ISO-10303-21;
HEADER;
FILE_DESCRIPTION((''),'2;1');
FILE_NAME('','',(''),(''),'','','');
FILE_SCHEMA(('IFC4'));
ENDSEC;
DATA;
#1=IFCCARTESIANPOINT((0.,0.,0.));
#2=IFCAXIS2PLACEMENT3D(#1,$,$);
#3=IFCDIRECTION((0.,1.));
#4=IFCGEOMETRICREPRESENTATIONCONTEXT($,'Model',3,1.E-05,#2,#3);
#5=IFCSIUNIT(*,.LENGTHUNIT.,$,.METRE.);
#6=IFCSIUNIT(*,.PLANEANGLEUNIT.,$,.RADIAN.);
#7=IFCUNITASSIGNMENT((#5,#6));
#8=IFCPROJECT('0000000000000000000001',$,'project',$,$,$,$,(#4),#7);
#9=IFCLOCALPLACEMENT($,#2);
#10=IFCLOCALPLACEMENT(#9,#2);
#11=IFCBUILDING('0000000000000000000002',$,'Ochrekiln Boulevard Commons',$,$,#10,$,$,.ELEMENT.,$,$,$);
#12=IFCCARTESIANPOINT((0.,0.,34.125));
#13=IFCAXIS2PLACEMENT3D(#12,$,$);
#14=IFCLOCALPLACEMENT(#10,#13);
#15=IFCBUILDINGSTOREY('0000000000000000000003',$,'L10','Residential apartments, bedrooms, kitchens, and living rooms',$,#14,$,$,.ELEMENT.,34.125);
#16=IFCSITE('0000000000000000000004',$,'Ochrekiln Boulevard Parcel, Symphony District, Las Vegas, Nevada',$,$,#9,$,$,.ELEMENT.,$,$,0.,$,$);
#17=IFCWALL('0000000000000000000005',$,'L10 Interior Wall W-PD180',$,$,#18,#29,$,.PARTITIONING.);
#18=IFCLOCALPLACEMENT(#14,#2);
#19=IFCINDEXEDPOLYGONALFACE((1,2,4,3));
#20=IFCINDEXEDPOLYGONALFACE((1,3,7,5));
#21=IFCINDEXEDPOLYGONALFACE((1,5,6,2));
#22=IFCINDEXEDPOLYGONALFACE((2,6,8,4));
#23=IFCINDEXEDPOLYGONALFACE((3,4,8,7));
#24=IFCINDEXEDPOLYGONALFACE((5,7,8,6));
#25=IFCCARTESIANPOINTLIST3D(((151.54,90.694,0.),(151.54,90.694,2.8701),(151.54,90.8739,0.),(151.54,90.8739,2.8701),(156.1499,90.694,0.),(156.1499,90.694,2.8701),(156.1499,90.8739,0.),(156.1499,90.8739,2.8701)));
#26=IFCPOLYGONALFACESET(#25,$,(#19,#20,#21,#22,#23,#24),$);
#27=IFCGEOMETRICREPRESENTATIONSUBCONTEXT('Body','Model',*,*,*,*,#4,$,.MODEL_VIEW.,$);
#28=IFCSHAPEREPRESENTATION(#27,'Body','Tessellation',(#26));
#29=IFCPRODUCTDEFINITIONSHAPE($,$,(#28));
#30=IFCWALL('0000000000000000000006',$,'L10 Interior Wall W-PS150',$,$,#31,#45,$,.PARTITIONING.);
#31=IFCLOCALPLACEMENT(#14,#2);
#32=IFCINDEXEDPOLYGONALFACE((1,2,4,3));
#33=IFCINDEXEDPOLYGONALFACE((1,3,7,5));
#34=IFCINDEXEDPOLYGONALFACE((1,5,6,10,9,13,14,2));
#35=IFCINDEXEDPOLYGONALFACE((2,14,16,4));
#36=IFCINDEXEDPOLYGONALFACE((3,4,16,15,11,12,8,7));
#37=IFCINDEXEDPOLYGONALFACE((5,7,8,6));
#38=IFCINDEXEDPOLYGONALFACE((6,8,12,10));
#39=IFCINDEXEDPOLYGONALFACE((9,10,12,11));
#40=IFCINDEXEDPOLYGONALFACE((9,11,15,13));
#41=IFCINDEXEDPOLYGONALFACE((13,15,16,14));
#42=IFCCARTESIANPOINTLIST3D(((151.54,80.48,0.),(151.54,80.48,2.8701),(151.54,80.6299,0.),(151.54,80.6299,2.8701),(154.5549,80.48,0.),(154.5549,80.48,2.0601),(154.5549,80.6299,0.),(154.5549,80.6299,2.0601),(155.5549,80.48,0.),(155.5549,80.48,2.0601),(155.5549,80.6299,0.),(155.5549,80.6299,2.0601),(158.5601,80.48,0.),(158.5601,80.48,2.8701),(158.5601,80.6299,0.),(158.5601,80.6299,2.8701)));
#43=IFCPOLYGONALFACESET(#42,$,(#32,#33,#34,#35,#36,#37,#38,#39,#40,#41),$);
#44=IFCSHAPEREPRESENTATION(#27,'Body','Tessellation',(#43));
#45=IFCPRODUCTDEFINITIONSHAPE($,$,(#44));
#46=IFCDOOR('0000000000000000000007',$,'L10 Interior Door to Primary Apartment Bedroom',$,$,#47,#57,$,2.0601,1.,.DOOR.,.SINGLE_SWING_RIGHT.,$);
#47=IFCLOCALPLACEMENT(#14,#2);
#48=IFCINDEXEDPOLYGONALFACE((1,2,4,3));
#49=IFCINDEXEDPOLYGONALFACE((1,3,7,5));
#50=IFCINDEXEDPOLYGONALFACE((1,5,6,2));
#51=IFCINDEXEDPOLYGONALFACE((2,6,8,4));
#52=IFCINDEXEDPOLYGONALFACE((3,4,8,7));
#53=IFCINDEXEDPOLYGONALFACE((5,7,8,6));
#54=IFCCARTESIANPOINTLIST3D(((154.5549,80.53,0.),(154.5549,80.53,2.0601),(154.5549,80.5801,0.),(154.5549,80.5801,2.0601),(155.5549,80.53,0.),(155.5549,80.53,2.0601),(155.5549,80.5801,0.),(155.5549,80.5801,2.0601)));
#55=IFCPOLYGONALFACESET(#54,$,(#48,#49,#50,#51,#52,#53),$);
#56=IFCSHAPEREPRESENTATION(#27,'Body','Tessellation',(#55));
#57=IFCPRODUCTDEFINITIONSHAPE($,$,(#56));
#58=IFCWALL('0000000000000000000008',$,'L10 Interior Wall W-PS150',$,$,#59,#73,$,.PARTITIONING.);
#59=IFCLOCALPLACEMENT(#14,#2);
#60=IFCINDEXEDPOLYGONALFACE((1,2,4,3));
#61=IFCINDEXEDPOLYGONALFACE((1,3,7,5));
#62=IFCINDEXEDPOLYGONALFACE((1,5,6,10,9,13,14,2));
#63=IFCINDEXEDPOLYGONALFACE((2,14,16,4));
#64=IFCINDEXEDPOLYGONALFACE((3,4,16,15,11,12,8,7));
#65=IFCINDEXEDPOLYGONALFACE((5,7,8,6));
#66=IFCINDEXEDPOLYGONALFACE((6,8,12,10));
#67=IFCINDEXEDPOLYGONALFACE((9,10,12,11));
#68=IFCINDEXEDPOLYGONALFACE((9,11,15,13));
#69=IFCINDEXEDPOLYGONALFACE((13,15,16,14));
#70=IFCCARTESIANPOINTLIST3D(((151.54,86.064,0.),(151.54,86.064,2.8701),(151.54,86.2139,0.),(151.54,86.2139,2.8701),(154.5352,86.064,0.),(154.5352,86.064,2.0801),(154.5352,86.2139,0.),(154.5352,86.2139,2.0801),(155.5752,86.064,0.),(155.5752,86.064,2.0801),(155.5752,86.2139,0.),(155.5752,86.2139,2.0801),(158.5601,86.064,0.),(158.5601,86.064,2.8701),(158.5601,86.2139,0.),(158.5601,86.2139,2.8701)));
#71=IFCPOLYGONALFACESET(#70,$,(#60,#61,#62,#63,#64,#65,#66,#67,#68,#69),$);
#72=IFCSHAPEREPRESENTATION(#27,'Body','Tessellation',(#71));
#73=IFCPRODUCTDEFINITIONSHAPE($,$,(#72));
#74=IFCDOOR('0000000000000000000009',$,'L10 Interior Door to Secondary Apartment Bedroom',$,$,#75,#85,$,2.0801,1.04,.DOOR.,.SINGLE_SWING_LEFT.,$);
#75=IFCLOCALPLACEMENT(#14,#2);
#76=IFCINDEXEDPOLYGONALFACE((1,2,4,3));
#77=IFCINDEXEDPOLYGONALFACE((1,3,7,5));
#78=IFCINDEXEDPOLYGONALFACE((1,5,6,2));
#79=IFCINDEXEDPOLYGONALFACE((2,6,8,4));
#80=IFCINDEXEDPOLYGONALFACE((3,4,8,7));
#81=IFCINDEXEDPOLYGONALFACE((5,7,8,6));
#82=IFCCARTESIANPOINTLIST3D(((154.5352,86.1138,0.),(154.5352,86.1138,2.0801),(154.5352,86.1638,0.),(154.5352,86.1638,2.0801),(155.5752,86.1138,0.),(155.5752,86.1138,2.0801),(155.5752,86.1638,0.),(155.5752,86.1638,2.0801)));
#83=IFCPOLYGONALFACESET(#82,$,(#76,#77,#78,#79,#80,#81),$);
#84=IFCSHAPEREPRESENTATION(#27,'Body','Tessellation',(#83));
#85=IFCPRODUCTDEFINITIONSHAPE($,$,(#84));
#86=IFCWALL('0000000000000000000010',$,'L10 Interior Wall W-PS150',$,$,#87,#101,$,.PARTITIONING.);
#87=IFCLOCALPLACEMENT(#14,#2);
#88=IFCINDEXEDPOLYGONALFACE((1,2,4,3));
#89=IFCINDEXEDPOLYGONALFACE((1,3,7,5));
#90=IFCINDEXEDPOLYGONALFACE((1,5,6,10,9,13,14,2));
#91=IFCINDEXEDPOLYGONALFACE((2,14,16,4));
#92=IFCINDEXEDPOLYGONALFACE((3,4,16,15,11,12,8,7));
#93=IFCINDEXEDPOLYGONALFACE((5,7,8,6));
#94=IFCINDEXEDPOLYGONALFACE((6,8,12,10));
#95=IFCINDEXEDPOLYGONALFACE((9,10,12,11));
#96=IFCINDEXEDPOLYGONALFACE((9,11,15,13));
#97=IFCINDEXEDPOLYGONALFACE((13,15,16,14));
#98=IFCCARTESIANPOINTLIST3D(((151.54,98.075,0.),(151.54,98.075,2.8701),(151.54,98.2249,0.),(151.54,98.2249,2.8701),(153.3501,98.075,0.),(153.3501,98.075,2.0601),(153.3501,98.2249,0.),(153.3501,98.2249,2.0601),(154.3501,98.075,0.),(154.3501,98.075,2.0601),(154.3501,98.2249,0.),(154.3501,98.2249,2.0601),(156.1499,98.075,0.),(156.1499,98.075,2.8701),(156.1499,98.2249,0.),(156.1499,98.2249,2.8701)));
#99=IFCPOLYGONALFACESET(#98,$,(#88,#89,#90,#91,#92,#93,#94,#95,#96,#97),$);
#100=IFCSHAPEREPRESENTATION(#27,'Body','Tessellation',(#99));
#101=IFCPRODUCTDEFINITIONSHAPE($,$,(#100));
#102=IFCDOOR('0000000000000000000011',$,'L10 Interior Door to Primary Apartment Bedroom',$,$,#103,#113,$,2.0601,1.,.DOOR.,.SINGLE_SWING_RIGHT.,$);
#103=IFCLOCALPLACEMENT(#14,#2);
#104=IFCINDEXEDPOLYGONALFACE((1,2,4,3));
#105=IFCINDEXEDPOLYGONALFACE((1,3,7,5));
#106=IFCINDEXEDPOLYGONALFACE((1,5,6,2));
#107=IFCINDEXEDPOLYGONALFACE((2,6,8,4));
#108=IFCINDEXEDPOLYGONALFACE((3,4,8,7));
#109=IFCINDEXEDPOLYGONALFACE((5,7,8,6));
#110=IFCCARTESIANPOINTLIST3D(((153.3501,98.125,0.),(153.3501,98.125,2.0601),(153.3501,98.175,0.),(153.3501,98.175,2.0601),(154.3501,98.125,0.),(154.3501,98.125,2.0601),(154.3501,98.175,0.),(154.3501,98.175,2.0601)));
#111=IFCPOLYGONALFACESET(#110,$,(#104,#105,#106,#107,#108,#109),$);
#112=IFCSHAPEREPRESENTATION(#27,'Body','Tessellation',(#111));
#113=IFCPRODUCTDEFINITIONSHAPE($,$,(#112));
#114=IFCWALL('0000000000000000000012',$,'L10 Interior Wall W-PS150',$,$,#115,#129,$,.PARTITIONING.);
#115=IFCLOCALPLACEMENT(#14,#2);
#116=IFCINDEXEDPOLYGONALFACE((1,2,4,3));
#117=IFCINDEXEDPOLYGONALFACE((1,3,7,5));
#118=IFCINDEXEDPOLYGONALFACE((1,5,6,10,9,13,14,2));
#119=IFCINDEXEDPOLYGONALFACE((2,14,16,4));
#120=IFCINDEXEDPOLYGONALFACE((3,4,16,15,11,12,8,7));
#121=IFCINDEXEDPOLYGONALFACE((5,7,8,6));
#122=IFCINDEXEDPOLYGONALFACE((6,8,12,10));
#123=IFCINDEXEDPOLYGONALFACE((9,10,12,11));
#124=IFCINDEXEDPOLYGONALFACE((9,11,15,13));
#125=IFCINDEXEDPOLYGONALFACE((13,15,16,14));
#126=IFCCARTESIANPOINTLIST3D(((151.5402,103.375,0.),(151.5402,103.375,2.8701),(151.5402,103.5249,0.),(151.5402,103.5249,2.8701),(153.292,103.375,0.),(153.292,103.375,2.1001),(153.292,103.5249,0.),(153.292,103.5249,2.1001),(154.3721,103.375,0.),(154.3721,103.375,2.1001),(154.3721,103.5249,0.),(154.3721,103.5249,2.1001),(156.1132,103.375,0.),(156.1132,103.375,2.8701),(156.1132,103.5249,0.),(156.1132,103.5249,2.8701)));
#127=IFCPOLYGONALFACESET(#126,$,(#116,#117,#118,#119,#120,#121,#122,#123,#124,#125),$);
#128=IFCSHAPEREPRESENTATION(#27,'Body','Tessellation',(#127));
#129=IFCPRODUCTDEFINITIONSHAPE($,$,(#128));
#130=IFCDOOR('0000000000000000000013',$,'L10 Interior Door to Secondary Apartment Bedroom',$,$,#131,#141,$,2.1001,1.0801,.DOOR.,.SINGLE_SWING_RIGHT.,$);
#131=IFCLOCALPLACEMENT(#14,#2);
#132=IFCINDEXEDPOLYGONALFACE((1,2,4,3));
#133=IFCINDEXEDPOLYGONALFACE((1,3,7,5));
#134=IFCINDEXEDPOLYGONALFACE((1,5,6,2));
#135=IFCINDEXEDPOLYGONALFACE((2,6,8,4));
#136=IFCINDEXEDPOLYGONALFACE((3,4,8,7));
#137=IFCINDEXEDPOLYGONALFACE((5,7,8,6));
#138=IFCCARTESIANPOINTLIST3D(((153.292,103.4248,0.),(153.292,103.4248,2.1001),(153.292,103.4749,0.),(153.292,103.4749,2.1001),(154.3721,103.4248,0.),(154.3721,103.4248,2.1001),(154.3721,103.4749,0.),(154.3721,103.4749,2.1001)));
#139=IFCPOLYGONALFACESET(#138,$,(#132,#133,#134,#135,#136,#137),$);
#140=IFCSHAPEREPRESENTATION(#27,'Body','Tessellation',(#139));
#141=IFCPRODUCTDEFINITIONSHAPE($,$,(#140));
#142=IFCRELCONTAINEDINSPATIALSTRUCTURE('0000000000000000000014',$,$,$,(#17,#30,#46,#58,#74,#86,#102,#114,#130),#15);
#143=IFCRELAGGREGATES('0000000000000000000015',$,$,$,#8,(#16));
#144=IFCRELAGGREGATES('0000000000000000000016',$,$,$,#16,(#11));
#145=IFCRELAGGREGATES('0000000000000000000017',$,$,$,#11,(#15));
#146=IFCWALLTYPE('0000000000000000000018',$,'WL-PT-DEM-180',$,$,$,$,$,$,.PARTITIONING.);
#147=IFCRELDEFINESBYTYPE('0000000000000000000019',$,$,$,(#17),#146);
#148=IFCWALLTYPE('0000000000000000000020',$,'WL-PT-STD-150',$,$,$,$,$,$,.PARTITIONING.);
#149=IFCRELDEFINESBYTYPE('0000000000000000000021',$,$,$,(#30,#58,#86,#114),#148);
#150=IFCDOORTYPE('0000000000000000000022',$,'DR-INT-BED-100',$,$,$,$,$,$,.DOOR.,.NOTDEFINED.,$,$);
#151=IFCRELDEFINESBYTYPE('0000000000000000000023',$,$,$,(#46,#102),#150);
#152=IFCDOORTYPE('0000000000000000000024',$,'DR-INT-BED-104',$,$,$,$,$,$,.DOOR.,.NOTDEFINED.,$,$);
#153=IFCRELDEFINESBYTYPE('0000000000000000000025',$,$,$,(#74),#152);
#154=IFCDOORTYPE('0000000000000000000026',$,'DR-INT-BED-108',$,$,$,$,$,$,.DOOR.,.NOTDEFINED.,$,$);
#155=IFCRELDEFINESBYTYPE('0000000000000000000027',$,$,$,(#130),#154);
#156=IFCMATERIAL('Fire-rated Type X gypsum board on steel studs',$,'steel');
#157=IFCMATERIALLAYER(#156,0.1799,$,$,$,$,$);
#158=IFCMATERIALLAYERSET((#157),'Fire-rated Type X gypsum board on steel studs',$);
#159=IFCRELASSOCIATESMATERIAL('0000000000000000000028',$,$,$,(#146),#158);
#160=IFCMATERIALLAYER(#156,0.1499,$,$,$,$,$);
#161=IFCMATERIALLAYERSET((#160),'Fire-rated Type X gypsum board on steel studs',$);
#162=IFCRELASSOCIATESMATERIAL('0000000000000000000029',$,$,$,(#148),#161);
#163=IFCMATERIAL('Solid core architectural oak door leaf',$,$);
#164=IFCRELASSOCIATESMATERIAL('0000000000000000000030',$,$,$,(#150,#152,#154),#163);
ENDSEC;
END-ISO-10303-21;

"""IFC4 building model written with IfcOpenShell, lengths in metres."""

from ifc_helpers import new_model, si_unit, direction, frame, frame_2d, origin, place, context, subcontext, project, spatial, rectangle, extrude, material, layer, layer_set, type_object, element, fill, save


model = new_model("IFC4")

# Units and contexts
model_context = context("Model", 3, precision=1e-05, world=origin(), true_north=direction((0.0, 1.0)))
body_context = subcontext(model_context, "Body", "Model", "MODEL_VIEW")
ifc_project = project(units=[si_unit("LENGTHUNIT", "METRE"), si_unit("PLANEANGLEUNIT", "RADIAN")], contexts=[model_context])

# Site, building, storey
site_placement = place(None, origin())
site = spatial("IfcSite", under=ifc_project, at=site_placement, Name="Ochrekiln Boulevard Parcel, Symphony District, Las Vegas, Nevada", CompositionType="ELEMENT", RefElevation=0.0)
building_placement = place(site_placement, origin())
building = spatial("IfcBuilding", under=site, at=building_placement, Name="Ochrekiln Boulevard Commons", CompositionType="ELEMENT")
storey_placement = place(building_placement, frame((0.0, 0.0, 34.125)))
storey = spatial("IfcBuildingStorey", under=building, at=storey_placement, Name="L10", Description="Residential apartments, bedrooms, kitchens, and living rooms", CompositionType="ELEMENT", Elevation=34.125)

# Wall
ifc_material_1 = material(Name="Fire-rated Type X gypsum board on steel studs", Category="steel")
ifc_layer_1 = layer(ifc_material_1, 0.1799)
ifc_layer_set_1 = layer_set([ifc_layer_1], Name="Fire-rated Type X gypsum board on steel studs")
wall_type_1 = type_object("IfcWallType", Name="WL-PT-DEM-180", PredefinedType="PARTITIONING", material=ifc_layer_set_1)
wall_1_placement = place(storey_placement, frame((151.54, 90.7839, 0.0), z_axis=(0.0, 0.0, 1.0), x_axis=(1.0, 0.0, 0.0)))
element("IfcWall", 1, at=wall_1_placement, inside=storey, type_object=wall_type_1, Name="L10 Interior Wall W-PD180", PredefinedType="PARTITIONING", context=body_context, shape_type="SweptSolid", body=[
    extrude(rectangle(XDim=4.6099, YDim=0.1799, at=frame_2d((2.3049, 0.0))), origin(), (0.0, 0.0, 1.0), 2.8701),
])

# Walls, openings, doors
ifc_layer_2 = layer(ifc_material_1, 0.1499)
ifc_layer_set_2 = layer_set([ifc_layer_2], Name="Fire-rated Type X gypsum board on steel studs")
wall_type_2 = type_object("IfcWallType", Name="WL-PT-STD-150", PredefinedType="PARTITIONING", material=ifc_layer_set_2)
wall_2_placement = place(storey_placement, frame((151.54, 80.5549, 0.0), z_axis=(0.0, 0.0, 1.0), x_axis=(1.0, 0.0, 0.0)))
wall_2 = element("IfcWall", 2, at=wall_2_placement, inside=storey, type_object=wall_type_2, Name="L10 Interior Wall W-PS150", PredefinedType="PARTITIONING", context=body_context, shape_type="SweptSolid", body=[
    extrude(rectangle(XDim=7.02, YDim=0.1499, at=frame_2d((3.51, 0.0))), origin(), (0.0, 0.0, 1.0), 2.8701),
])
opening_1_placement = place(wall_2_placement, frame((3.0149, 0.0, 0.0)))
opening_1 = element("IfcOpeningElement", 3, at=opening_1_placement, cuts=wall_2, PredefinedType="OPENING", context=body_context, shape_type="SweptSolid", body=[
    extrude(rectangle(XDim=1.0, YDim=2.0601, at=frame_2d((0.5, 1.03))), frame((0.0, 0.085, 0.0), z_axis=(0.0, -1.0, 0.0), x_axis=(1.0, 0.0, 0.0)), (0.0, 0.0, 1.0), 0.1699),
])
ifc_material_2 = material(Name="Solid core architectural oak door leaf")
door_type_1 = type_object("IfcDoorType", Name="DR-INT-BED-100", OperationType="NOTDEFINED", PredefinedType="DOOR", material=ifc_material_2)
door_1_placement = place(opening_1_placement, frame((1.0, 0.0, 0.0), z_axis=(0.0, 0.0, 1.0), x_axis=(-1.0, 0.0, 0.0)))
door_1 = element("IfcDoor", 4, at=door_1_placement, inside=storey, type_object=door_type_1, Name="L10 Interior Door to Primary Apartment Bedroom", OperationType="SINGLE_SWING_RIGHT", OverallHeight=2.0601, OverallWidth=1.0, PredefinedType="DOOR", context=body_context, shape_type="SweptSolid", body=[
    extrude(rectangle(XDim=1.0, YDim=2.0601, at=frame_2d((0.5, 1.03))), frame((0.0, 0.0249, 0.0), z_axis=(0.0, -1.0, 0.0), x_axis=(1.0, 0.0, 0.0)), (0.0, 0.0, 1.0), 0.05),
])
fill(opening_1, door_1)
wall_3_placement = place(storey_placement, frame((151.54, 86.1389, 0.0), z_axis=(0.0, 0.0, 1.0), x_axis=(1.0, 0.0, 0.0)))
wall_3 = element("IfcWall", 5, at=wall_3_placement, inside=storey, type_object=wall_type_2, Name="L10 Interior Wall W-PS150", PredefinedType="PARTITIONING", context=body_context, shape_type="SweptSolid", body=[
    extrude(rectangle(XDim=7.02, YDim=0.1499, at=frame_2d((3.51, 0.0))), origin(), (0.0, 0.0, 1.0), 2.8701),
])
opening_2_placement = place(wall_3_placement, frame((2.9951, 0.0, 0.0)))
opening_2 = element("IfcOpeningElement", 6, at=opening_2_placement, cuts=wall_3, PredefinedType="OPENING", context=body_context, shape_type="SweptSolid", body=[
    extrude(rectangle(XDim=1.04, YDim=2.0801, at=frame_2d((0.52, 1.04))), frame((0.0, 0.085, 0.0), z_axis=(0.0, -1.0, 0.0), x_axis=(1.0, 0.0, 0.0)), (0.0, 0.0, 1.0), 0.1699),
])
door_type_2 = type_object("IfcDoorType", Name="DR-INT-BED-104", OperationType="NOTDEFINED", PredefinedType="DOOR", material=ifc_material_2)
door_2_placement = place(opening_2_placement, origin())
door_2 = element("IfcDoor", 7, at=door_2_placement, inside=storey, type_object=door_type_2, Name="L10 Interior Door to Secondary Apartment Bedroom", OperationType="SINGLE_SWING_LEFT", OverallHeight=2.0801, OverallWidth=1.04, PredefinedType="DOOR", context=body_context, shape_type="SweptSolid", body=[
    extrude(rectangle(XDim=1.04, YDim=2.0801, at=frame_2d((0.52, 1.04))), frame((0.0, 0.0249, 0.0), z_axis=(0.0, -1.0, 0.0), x_axis=(1.0, 0.0, 0.0)), (0.0, 0.0, 1.0), 0.05),
])
fill(opening_2, door_2)
wall_4_placement = place(storey_placement, frame((151.54, 98.1499, 0.0), z_axis=(0.0, 0.0, 1.0), x_axis=(1.0, 0.0, 0.0)))
wall_4 = element("IfcWall", 8, at=wall_4_placement, inside=storey, type_object=wall_type_2, Name="L10 Interior Wall W-PS150", PredefinedType="PARTITIONING", context=body_context, shape_type="SweptSolid", body=[
    extrude(rectangle(XDim=4.6099, YDim=0.1499, at=frame_2d((2.3049, 0.0))), origin(), (0.0, 0.0, 1.0), 2.8701),
])
opening_3_placement = place(wall_4_placement, frame((1.8101, 0.0, 0.0)))
opening_3 = element("IfcOpeningElement", 9, at=opening_3_placement, cuts=wall_4, PredefinedType="OPENING", context=body_context, shape_type="SweptSolid", body=[
    extrude(rectangle(XDim=1.0, YDim=2.0601, at=frame_2d((0.5, 1.03))), frame((0.0, 0.085, 0.0), z_axis=(0.0, -1.0, 0.0), x_axis=(1.0, 0.0, 0.0)), (0.0, 0.0, 1.0), 0.1699),
])
door_3_placement = place(opening_3_placement, frame((1.0, 0.0, 0.0), z_axis=(0.0, 0.0, 1.0), x_axis=(-1.0, 0.0, 0.0)))
door_3 = element("IfcDoor", 10, at=door_3_placement, inside=storey, type_object=door_type_1, Name="L10 Interior Door to Primary Apartment Bedroom", OperationType="SINGLE_SWING_RIGHT", OverallHeight=2.0601, OverallWidth=1.0, PredefinedType="DOOR", context=body_context, shape_type="SweptSolid", body=[
    extrude(rectangle(XDim=1.0, YDim=2.0601, at=frame_2d((0.5, 1.03))), frame((0.0, 0.0249, 0.0), z_axis=(0.0, -1.0, 0.0), x_axis=(1.0, 0.0, 0.0)), (0.0, 0.0, 1.0), 0.05),
])
fill(opening_3, door_3)
wall_5_placement = place(storey_placement, frame((151.54, 103.45, 0.0), z_axis=(0.0, 0.0, 1.0), x_axis=(1.0, 0.0, 0.0)))
wall_5 = element("IfcWall", 11, at=wall_5_placement, inside=storey, type_object=wall_type_2, Name="L10 Interior Wall W-PS150", PredefinedType="PARTITIONING", context=body_context, shape_type="SweptSolid", body=[
    extrude(rectangle(XDim=4.573, YDim=0.1499, at=frame_2d((2.2866, 0.0))), origin(), (0.0, 0.0, 1.0), 2.8701),
])
opening_4_placement = place(wall_5_placement, frame((1.752, 0.0, 0.0)))
opening_4 = element("IfcOpeningElement", 12, at=opening_4_placement, cuts=wall_5, PredefinedType="OPENING", context=body_context, shape_type="SweptSolid", body=[
    extrude(rectangle(XDim=1.0801, YDim=2.1001, at=frame_2d((0.54, 1.05))), frame((0.0, 0.085, 0.0), z_axis=(0.0, -1.0, 0.0), x_axis=(1.0, 0.0, 0.0)), (0.0, 0.0, 1.0), 0.1699),
])
door_type_3 = type_object("IfcDoorType", Name="DR-INT-BED-108", OperationType="NOTDEFINED", PredefinedType="DOOR", material=ifc_material_2)
door_4_placement = place(opening_4_placement, origin())
door_4 = element("IfcDoor", 13, at=door_4_placement, inside=storey, type_object=door_type_3, Name="L10 Interior Door to Secondary Apartment Bedroom", OperationType="SINGLE_SWING_RIGHT", OverallHeight=2.1001, OverallWidth=1.0801, PredefinedType="DOOR", context=body_context, shape_type="SweptSolid", body=[
    extrude(rectangle(XDim=1.0801, YDim=2.1001, at=frame_2d((0.54, 1.05))), frame((0.0, 0.0249, 0.0), z_axis=(0.0, -1.0, 0.0), x_axis=(1.0, 0.0, 0.0)), (0.0, 0.0, 1.0), 0.05),
])
fill(opening_4, door_4)

save(model, "model.ifc")
